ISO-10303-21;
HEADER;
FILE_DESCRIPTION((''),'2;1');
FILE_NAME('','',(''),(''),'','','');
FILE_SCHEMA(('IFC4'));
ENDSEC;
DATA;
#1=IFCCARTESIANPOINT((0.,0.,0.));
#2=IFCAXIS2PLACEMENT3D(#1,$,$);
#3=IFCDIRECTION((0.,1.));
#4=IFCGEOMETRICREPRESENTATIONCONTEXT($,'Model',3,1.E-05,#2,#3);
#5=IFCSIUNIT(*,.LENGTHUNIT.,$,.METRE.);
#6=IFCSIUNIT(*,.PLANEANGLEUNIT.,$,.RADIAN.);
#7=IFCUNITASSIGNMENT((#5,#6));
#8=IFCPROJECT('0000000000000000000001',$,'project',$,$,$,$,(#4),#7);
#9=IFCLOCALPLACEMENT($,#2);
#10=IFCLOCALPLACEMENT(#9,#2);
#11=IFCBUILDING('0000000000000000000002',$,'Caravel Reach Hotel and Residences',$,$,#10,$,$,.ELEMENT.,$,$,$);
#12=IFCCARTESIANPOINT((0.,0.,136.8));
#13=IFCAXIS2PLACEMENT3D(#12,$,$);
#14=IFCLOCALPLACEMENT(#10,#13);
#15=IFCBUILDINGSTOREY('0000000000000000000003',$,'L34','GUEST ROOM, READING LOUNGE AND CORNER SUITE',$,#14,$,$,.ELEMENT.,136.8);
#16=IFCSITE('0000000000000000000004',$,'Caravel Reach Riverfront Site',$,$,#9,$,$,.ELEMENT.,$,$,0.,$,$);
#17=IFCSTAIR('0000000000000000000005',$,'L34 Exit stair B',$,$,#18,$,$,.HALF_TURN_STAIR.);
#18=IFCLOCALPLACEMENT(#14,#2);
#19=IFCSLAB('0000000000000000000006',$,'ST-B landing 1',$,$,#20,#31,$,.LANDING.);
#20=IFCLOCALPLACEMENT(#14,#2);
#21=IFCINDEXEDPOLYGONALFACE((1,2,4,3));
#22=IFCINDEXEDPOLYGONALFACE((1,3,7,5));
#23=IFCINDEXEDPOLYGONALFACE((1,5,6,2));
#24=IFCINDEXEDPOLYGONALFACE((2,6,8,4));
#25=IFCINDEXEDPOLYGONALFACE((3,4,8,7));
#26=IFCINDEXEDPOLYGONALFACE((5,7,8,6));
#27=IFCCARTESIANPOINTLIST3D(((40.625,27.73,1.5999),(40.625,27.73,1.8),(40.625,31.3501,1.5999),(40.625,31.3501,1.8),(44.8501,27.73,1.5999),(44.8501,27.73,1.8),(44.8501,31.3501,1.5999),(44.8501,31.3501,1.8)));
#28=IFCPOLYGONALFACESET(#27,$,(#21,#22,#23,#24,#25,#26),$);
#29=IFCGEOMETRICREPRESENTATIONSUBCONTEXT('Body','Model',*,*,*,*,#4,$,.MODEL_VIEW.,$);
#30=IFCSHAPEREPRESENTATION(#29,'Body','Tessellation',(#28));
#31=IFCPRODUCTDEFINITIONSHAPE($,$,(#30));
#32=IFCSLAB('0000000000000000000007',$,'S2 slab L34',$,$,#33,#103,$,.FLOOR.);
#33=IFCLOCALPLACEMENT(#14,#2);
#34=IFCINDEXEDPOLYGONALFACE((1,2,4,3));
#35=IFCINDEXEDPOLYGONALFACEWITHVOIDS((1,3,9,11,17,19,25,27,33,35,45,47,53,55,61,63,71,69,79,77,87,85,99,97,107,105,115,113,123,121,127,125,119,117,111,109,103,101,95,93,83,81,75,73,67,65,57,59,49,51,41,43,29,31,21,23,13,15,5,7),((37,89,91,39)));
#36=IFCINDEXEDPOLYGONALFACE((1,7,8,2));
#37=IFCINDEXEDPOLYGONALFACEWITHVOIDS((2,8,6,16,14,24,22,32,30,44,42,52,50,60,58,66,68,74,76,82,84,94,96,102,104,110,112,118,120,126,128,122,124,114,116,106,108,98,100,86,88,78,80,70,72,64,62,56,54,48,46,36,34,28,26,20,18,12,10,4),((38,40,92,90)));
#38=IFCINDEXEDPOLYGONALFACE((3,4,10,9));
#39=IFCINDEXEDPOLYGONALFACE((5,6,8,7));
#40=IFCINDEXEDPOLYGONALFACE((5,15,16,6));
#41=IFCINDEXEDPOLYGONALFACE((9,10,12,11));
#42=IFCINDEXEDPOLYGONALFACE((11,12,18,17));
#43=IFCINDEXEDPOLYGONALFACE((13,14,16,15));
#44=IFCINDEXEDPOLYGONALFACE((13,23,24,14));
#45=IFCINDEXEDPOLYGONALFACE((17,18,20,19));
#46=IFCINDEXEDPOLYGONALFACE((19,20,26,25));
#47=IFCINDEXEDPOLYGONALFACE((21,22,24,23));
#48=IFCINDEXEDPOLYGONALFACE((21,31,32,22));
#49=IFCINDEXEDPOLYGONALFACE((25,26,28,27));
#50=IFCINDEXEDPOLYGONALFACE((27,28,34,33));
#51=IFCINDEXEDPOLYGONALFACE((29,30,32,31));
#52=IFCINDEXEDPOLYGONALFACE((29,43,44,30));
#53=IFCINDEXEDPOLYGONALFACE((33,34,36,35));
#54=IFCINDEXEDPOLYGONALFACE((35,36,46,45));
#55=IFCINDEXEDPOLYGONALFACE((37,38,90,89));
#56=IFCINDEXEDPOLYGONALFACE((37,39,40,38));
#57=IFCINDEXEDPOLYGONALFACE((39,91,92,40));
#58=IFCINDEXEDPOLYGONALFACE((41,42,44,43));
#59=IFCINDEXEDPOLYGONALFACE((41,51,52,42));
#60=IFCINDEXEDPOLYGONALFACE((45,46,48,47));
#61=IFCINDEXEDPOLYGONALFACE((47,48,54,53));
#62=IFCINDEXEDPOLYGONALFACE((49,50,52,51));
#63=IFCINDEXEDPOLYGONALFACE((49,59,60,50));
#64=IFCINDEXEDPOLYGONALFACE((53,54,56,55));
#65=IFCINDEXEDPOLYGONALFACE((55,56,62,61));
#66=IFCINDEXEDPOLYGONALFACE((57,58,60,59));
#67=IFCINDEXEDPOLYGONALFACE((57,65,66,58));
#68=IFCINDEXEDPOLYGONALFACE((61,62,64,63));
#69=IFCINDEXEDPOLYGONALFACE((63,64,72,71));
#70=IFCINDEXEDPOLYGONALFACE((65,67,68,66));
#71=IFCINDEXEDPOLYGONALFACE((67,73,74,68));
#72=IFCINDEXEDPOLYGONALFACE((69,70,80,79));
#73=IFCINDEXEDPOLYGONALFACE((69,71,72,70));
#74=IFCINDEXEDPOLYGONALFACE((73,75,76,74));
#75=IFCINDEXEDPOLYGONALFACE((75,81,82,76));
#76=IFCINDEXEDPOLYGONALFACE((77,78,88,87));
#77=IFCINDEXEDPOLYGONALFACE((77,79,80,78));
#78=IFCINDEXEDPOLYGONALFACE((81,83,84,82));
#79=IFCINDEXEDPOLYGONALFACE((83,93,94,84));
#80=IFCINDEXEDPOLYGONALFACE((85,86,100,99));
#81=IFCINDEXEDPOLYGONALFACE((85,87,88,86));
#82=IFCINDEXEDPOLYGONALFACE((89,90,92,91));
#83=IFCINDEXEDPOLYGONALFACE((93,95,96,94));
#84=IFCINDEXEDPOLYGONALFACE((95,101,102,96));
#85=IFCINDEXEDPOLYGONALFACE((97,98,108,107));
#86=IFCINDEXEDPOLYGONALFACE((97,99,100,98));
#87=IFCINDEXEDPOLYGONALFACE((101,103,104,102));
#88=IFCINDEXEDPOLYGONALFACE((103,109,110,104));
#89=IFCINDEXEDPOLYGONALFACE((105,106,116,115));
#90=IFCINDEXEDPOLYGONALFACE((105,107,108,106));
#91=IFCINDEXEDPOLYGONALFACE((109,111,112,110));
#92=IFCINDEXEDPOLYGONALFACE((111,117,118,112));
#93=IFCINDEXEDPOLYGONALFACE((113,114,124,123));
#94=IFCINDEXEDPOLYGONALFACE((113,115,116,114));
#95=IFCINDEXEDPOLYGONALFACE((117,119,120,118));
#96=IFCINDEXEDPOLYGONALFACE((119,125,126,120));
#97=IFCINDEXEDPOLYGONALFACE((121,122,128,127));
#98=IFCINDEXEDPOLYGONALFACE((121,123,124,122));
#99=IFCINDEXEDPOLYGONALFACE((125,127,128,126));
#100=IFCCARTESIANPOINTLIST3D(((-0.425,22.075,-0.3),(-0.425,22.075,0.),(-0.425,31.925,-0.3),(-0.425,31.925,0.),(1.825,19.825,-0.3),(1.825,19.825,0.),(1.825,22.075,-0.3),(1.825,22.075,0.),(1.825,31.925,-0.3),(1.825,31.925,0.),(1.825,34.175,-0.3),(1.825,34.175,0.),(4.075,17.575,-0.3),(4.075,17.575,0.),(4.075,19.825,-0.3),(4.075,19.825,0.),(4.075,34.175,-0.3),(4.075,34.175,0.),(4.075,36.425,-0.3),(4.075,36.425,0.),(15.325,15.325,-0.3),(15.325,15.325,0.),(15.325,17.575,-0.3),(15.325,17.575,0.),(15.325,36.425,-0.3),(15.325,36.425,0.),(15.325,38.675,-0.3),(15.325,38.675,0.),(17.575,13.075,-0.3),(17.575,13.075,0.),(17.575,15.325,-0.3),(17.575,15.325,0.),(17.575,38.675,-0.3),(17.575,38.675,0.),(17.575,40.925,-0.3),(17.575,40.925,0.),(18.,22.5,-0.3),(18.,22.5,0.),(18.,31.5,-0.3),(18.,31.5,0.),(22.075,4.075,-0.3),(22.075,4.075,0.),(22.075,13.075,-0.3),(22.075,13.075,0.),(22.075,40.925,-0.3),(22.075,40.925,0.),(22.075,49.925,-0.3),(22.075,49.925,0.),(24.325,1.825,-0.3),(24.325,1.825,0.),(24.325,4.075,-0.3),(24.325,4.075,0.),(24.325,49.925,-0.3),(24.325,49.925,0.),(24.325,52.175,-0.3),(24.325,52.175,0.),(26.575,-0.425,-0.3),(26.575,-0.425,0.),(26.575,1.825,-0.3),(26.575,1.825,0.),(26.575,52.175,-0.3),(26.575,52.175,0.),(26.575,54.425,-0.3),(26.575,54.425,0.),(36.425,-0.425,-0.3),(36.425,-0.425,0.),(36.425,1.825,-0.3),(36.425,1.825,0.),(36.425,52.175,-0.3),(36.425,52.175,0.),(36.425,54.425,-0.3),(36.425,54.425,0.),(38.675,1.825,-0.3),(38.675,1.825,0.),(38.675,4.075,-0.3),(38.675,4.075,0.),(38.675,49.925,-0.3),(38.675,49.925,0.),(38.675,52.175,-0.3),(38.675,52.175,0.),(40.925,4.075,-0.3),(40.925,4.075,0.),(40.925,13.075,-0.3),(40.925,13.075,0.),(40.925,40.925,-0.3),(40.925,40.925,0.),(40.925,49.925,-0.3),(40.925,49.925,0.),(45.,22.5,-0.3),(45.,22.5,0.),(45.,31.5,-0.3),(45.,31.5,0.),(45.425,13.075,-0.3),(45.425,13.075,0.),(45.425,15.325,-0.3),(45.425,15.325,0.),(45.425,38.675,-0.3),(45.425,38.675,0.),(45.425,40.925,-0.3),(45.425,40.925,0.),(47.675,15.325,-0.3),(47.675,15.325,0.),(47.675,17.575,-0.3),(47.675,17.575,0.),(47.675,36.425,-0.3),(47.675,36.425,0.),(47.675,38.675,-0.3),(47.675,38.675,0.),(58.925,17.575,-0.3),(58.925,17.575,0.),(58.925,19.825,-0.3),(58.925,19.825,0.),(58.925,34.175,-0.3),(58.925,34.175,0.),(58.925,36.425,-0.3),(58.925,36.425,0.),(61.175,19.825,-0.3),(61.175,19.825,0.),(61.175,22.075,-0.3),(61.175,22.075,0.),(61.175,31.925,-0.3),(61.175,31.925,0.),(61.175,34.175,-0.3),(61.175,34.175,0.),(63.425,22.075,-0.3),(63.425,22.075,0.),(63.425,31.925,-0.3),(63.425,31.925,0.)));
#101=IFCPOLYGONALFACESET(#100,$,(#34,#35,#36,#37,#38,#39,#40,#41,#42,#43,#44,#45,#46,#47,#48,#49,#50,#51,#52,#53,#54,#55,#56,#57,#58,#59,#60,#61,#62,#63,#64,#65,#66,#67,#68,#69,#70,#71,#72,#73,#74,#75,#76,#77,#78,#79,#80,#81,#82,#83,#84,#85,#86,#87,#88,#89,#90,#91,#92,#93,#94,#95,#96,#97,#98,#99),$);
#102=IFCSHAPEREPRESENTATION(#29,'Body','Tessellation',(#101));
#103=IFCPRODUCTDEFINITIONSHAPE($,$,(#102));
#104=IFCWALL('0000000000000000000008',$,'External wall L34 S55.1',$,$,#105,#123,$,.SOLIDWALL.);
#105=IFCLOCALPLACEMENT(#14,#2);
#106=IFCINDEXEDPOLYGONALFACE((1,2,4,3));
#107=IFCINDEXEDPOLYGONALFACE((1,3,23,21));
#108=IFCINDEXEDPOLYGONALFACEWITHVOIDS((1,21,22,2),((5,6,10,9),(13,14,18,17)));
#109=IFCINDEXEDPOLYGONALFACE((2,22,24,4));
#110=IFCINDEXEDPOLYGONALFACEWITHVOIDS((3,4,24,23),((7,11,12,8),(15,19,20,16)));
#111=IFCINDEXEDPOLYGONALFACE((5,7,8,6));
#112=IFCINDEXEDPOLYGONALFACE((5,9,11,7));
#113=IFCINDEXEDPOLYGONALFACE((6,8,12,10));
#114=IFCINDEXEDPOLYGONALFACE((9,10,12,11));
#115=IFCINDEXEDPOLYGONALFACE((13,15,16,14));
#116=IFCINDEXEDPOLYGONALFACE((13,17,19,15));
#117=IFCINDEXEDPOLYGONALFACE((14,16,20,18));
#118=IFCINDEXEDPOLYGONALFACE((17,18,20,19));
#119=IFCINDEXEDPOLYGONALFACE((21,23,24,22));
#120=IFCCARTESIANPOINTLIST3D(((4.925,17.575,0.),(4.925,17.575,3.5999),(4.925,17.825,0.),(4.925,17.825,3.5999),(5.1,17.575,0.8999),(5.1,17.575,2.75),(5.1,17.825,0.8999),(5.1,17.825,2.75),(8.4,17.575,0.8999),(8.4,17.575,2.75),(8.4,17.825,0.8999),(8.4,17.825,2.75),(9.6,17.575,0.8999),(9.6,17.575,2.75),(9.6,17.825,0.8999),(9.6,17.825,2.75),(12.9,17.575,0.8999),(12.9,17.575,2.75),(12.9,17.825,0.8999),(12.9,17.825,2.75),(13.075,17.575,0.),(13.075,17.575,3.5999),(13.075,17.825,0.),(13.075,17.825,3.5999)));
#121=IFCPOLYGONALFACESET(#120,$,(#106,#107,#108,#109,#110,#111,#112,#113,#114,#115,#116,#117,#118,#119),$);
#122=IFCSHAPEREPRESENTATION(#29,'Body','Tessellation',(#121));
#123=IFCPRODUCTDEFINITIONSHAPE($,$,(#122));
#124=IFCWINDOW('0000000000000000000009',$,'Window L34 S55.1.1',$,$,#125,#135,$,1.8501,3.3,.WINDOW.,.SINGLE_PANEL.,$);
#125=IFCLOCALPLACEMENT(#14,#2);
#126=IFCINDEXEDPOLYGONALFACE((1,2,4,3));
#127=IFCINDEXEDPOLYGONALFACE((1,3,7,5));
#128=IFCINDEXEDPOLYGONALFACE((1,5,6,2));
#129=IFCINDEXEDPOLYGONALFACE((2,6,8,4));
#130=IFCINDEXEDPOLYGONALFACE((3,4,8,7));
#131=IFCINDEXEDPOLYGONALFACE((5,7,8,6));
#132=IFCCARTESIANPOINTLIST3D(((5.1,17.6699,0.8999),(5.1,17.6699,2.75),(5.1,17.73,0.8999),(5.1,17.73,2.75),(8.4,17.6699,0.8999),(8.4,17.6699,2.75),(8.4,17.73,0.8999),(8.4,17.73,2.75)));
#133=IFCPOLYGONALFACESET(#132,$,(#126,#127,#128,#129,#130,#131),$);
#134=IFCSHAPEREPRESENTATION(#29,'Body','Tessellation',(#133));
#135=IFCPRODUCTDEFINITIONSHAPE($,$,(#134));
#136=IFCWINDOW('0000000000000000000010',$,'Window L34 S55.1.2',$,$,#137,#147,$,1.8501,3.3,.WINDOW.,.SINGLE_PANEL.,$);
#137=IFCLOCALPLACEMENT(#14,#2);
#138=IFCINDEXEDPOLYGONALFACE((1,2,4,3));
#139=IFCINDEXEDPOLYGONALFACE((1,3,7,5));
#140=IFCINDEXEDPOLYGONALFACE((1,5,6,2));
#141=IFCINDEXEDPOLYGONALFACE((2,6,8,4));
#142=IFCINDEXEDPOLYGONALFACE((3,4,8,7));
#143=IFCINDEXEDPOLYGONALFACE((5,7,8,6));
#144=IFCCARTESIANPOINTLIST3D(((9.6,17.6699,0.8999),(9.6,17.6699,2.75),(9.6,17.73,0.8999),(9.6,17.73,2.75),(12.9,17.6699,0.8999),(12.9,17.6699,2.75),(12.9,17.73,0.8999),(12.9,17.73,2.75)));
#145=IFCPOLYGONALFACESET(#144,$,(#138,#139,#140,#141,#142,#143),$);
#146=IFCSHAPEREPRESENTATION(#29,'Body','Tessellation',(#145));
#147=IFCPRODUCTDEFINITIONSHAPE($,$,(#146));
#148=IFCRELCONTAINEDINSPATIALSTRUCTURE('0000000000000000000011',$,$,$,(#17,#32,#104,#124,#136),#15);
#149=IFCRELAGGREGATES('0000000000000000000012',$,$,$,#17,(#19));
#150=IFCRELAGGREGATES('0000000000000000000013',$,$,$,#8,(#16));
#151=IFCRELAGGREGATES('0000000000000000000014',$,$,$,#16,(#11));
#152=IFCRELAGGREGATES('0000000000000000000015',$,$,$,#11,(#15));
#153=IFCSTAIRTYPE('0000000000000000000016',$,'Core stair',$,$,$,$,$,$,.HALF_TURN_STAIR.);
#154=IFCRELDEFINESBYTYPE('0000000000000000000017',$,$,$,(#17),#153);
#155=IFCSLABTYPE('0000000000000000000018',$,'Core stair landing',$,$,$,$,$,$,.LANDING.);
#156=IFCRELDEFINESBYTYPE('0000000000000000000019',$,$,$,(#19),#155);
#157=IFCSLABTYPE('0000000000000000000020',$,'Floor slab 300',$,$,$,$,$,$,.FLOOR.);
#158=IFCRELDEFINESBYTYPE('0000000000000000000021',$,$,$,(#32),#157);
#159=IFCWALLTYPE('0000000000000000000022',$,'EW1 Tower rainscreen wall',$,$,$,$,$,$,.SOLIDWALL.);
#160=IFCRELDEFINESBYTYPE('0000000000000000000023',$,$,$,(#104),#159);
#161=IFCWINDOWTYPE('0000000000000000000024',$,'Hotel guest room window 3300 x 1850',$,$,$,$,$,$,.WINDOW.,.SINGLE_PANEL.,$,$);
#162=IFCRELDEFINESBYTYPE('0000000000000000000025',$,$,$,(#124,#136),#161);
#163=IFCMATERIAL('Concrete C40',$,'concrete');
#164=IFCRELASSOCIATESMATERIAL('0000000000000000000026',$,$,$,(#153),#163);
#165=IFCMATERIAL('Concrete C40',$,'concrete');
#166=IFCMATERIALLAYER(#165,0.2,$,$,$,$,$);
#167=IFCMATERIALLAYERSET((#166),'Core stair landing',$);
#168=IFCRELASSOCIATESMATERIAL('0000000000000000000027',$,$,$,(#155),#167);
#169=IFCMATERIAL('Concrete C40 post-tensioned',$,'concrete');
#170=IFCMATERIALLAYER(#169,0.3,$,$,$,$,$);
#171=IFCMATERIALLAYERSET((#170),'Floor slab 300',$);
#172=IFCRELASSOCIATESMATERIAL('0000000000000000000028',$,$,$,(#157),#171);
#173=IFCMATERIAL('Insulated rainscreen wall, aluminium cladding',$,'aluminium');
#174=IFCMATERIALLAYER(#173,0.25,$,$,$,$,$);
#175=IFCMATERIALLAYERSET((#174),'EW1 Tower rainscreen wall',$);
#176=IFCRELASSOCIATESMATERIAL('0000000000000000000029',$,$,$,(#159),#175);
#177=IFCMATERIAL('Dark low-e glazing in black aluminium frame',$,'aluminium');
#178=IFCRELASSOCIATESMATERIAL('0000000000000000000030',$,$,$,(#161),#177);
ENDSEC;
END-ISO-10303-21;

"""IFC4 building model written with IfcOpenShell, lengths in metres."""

from ifc_helpers import new_model, si_unit, direction, frame, frame_2d, origin, place, context, subcontext, project, spatial, polyline, rectangle, outline, extrude, material, layer, layer_set, type_object, element, fill, aggregate, save


model = new_model("IFC4")

# Units and contexts
model_context = context("Model", 3, precision=1e-05, world=origin(), true_north=direction((0.0, 1.0)))
body_context = subcontext(model_context, "Body", "Model", "MODEL_VIEW")
ifc_project = project(units=[si_unit("LENGTHUNIT", "METRE"), si_unit("PLANEANGLEUNIT", "RADIAN")], contexts=[model_context])

# Site, building, storey
site_placement = place(None, origin())
site = spatial("IfcSite", under=ifc_project, at=site_placement, Name="Caravel Reach Riverfront Site", CompositionType="ELEMENT", RefElevation=0.0)
building_placement = place(site_placement, origin())
building = spatial("IfcBuilding", under=site, at=building_placement, Name="Caravel Reach Hotel and Residences", CompositionType="ELEMENT")
storey_placement = place(building_placement, frame((0.0, 0.0, 136.8)))
storey = spatial("IfcBuildingStorey", under=building, at=storey_placement, Name="L34", Description="GUEST ROOM, READING LOUNGE AND CORNER SUITE", CompositionType="ELEMENT", Elevation=136.8)

# Stair, slab
ifc_material_1 = material(Name="Concrete C40", Category="concrete")
stair_type = type_object("IfcStairType", Name="Core stair", PredefinedType="HALF_TURN_STAIR", material=ifc_material_1)
ifc_material_2 = material(Name="Concrete C40", Category="concrete")
ifc_layer_1 = layer(ifc_material_2, 0.2)
ifc_layer_set_1 = layer_set([ifc_layer_1], Name="Core stair landing")
slab_type_1 = type_object("IfcSlabType", Name="Core stair landing", PredefinedType="LANDING", material=ifc_layer_set_1)
stair_1_placement = place(storey_placement, origin())
stair_1 = element("IfcStair", 1, at=stair_1_placement, inside=storey, type_object=stair_type, Name="L34 Exit stair B", PredefinedType="HALF_TURN_STAIR")
slab_1_placement = place(storey_placement, frame((0.0, 0.0, 1.5999)))
slab_1 = element("IfcSlab", 2, at=slab_1_placement, type_object=slab_type_1, Name="ST-B landing 1", PredefinedType="LANDING", context=body_context, shape_type="SweptSolid", body=[
    extrude(outline(polyline([(44.8501, 27.73), (44.8501, 31.3501), (40.625, 31.3501), (40.625, 27.73), (44.8501, 27.73)])), origin(), (0.0, 0.0, 1.0), 0.2002),
])
aggregate(stair_1, [slab_1])

# Slab
ifc_material_3 = material(Name="Concrete C40 post-tensioned", Category="concrete")
ifc_layer_2 = layer(ifc_material_3, 0.3)
ifc_layer_set_2 = layer_set([ifc_layer_2], Name="Floor slab 300")
slab_type_2 = type_object("IfcSlabType", Name="Floor slab 300", PredefinedType="FLOOR", material=ifc_layer_set_2)
slab_2_placement = place(storey_placement, frame((0.0, 0.0, -0.3)))
element("IfcSlab", 3, at=slab_2_placement, inside=storey, type_object=slab_type_2, Name="S2 slab L34", PredefinedType="FLOOR", context=body_context, shape_type="SweptSolid", body=[
    extrude(outline(polyline([(17.575, 13.075), (17.575, 15.325), (15.325, 15.325), (15.325, 17.575), (4.075, 17.575), (4.075, 19.825), (1.825, 19.825), (1.825, 22.075), (-0.425, 22.075), (-0.425, 31.925), (1.825, 31.925), (1.825, 34.175), (4.075, 34.175), (4.075, 36.425), (15.325, 36.425), (15.325, 38.675), (17.575, 38.675), (17.575, 40.925), (22.075, 40.925), (22.075, 49.925), (24.325, 49.925), (24.325, 52.175), (26.575, 52.175), (26.575, 54.425), (36.425, 54.425), (36.425, 52.175), (38.675, 52.175), (38.675, 49.925), (40.925, 49.925), (40.925, 40.925), (45.425, 40.925), (45.425, 38.675), (47.675, 38.675), (47.675, 36.425), (58.925, 36.425), (58.925, 34.175), (61.175, 34.175), (61.175, 31.925), (63.425, 31.925), (63.425, 22.075), (61.175, 22.075), (61.175, 19.825), (58.925, 19.825), (58.925, 17.575), (47.675, 17.575), (47.675, 15.325), (45.425, 15.325), (45.425, 13.075), (40.925, 13.075), (40.925, 4.075), (38.675, 4.075), (38.675, 1.825), (36.425, 1.825), (36.425, -0.425), (26.575, -0.425), (26.575, 1.825), (24.325, 1.825), (24.325, 4.075), (22.075, 4.075), (22.075, 13.075), (17.575, 13.075)]), holes=[polyline([(45.0, 31.5), (18.0, 31.5), (18.0, 22.5), (45.0, 22.5), (45.0, 31.5)])]), origin(), (0.0, 0.0, 1.0), 0.3),
])

# Wall, openings, windows
ifc_material_4 = material(Name="Insulated rainscreen wall, aluminium cladding", Category="aluminium")
ifc_layer_3 = layer(ifc_material_4, 0.25)
ifc_layer_set_3 = layer_set([ifc_layer_3], Name="EW1 Tower rainscreen wall")
wall_type_1 = type_object("IfcWallType", Name="EW1 Tower rainscreen wall", PredefinedType="SOLIDWALL", material=ifc_layer_set_3)
wall_1_placement = place(storey_placement, frame((4.925, 17.7, 0.0), z_axis=(0.0, 0.0, 1.0), x_axis=(1.0, 0.0, 0.0)))
wall_1 = element("IfcWall", 4, at=wall_1_placement, inside=storey, type_object=wall_type_1, Name="External wall L34 S55.1", PredefinedType="SOLIDWALL", context=body_context, shape_type="SweptSolid", body=[
    extrude(rectangle(XDim=8.1499, YDim=0.25, at=frame_2d((4.075, 0.0))), origin(), (0.0, 0.0, 1.0), 3.5999),
])
opening_1_placement = place(wall_1_placement, frame((0.175, 0.0, 0.8999)))
opening_1 = element("IfcOpeningElement", 5, at=opening_1_placement, cuts=wall_1, PredefinedType="OPENING", context=body_context, shape_type="SweptSolid", body=[
    extrude(rectangle(XDim=3.3, YDim=1.8501, at=frame_2d((1.6499, 0.925))), frame((0.0, 0.135, 0.0), z_axis=(0.0, -1.0, 0.0), x_axis=(1.0, 0.0, 0.0)), (0.0, 0.0, 1.0), 0.27),
])
opening_2_placement = place(wall_1_placement, frame((4.675, 0.0, 0.8999)))
opening_2 = element("IfcOpeningElement", 6, at=opening_2_placement, cuts=wall_1, PredefinedType="OPENING", context=body_context, shape_type="SweptSolid", body=[
    extrude(rectangle(XDim=3.3, YDim=1.8501, at=frame_2d((1.6499, 0.925))), frame((0.0, 0.135, 0.0), z_axis=(0.0, -1.0, 0.0), x_axis=(1.0, 0.0, 0.0)), (0.0, 0.0, 1.0), 0.27),
])
ifc_material_5 = material(Name="Dark low-e glazing in black aluminium frame", Category="aluminium")
window_type_1 = type_object("IfcWindowType", Name="Hotel guest room window 3300 x 1850", PartitioningType="SINGLE_PANEL", PredefinedType="WINDOW", material=ifc_material_5)
window_1_placement = place(opening_1_placement, origin())
window_1 = element("IfcWindow", 7, at=window_1_placement, inside=storey, type_object=window_type_1, Name="Window L34 S55.1.1", OverallHeight=1.8501, OverallWidth=3.3, PartitioningType="SINGLE_PANEL", PredefinedType="WINDOW", context=body_context, shape_type="SweptSolid", body=[
    extrude(rectangle(XDim=3.3, YDim=1.8501, at=frame_2d((1.6499, 0.925))), frame((0.0, 0.03, 0.0), z_axis=(0.0, -1.0, 0.0), x_axis=(1.0, 0.0, 0.0)), (0.0, 0.0, 1.0), 0.0601),
])
fill(opening_1, window_1)
window_2_placement = place(opening_2_placement, origin())
window_2 = element("IfcWindow", 8, at=window_2_placement, inside=storey, type_object=window_type_1, Name="Window L34 S55.1.2", OverallHeight=1.8501, OverallWidth=3.3, PartitioningType="SINGLE_PANEL", PredefinedType="WINDOW", context=body_context, shape_type="SweptSolid", body=[
    extrude(rectangle(XDim=3.3, YDim=1.8501, at=frame_2d((1.6499, 0.925))), frame((0.0, 0.03, 0.0), z_axis=(0.0, -1.0, 0.0), x_axis=(1.0, 0.0, 0.0)), (0.0, 0.0, 1.0), 0.0601),
])
fill(opening_2, window_2)

save(model, "model.ifc")
